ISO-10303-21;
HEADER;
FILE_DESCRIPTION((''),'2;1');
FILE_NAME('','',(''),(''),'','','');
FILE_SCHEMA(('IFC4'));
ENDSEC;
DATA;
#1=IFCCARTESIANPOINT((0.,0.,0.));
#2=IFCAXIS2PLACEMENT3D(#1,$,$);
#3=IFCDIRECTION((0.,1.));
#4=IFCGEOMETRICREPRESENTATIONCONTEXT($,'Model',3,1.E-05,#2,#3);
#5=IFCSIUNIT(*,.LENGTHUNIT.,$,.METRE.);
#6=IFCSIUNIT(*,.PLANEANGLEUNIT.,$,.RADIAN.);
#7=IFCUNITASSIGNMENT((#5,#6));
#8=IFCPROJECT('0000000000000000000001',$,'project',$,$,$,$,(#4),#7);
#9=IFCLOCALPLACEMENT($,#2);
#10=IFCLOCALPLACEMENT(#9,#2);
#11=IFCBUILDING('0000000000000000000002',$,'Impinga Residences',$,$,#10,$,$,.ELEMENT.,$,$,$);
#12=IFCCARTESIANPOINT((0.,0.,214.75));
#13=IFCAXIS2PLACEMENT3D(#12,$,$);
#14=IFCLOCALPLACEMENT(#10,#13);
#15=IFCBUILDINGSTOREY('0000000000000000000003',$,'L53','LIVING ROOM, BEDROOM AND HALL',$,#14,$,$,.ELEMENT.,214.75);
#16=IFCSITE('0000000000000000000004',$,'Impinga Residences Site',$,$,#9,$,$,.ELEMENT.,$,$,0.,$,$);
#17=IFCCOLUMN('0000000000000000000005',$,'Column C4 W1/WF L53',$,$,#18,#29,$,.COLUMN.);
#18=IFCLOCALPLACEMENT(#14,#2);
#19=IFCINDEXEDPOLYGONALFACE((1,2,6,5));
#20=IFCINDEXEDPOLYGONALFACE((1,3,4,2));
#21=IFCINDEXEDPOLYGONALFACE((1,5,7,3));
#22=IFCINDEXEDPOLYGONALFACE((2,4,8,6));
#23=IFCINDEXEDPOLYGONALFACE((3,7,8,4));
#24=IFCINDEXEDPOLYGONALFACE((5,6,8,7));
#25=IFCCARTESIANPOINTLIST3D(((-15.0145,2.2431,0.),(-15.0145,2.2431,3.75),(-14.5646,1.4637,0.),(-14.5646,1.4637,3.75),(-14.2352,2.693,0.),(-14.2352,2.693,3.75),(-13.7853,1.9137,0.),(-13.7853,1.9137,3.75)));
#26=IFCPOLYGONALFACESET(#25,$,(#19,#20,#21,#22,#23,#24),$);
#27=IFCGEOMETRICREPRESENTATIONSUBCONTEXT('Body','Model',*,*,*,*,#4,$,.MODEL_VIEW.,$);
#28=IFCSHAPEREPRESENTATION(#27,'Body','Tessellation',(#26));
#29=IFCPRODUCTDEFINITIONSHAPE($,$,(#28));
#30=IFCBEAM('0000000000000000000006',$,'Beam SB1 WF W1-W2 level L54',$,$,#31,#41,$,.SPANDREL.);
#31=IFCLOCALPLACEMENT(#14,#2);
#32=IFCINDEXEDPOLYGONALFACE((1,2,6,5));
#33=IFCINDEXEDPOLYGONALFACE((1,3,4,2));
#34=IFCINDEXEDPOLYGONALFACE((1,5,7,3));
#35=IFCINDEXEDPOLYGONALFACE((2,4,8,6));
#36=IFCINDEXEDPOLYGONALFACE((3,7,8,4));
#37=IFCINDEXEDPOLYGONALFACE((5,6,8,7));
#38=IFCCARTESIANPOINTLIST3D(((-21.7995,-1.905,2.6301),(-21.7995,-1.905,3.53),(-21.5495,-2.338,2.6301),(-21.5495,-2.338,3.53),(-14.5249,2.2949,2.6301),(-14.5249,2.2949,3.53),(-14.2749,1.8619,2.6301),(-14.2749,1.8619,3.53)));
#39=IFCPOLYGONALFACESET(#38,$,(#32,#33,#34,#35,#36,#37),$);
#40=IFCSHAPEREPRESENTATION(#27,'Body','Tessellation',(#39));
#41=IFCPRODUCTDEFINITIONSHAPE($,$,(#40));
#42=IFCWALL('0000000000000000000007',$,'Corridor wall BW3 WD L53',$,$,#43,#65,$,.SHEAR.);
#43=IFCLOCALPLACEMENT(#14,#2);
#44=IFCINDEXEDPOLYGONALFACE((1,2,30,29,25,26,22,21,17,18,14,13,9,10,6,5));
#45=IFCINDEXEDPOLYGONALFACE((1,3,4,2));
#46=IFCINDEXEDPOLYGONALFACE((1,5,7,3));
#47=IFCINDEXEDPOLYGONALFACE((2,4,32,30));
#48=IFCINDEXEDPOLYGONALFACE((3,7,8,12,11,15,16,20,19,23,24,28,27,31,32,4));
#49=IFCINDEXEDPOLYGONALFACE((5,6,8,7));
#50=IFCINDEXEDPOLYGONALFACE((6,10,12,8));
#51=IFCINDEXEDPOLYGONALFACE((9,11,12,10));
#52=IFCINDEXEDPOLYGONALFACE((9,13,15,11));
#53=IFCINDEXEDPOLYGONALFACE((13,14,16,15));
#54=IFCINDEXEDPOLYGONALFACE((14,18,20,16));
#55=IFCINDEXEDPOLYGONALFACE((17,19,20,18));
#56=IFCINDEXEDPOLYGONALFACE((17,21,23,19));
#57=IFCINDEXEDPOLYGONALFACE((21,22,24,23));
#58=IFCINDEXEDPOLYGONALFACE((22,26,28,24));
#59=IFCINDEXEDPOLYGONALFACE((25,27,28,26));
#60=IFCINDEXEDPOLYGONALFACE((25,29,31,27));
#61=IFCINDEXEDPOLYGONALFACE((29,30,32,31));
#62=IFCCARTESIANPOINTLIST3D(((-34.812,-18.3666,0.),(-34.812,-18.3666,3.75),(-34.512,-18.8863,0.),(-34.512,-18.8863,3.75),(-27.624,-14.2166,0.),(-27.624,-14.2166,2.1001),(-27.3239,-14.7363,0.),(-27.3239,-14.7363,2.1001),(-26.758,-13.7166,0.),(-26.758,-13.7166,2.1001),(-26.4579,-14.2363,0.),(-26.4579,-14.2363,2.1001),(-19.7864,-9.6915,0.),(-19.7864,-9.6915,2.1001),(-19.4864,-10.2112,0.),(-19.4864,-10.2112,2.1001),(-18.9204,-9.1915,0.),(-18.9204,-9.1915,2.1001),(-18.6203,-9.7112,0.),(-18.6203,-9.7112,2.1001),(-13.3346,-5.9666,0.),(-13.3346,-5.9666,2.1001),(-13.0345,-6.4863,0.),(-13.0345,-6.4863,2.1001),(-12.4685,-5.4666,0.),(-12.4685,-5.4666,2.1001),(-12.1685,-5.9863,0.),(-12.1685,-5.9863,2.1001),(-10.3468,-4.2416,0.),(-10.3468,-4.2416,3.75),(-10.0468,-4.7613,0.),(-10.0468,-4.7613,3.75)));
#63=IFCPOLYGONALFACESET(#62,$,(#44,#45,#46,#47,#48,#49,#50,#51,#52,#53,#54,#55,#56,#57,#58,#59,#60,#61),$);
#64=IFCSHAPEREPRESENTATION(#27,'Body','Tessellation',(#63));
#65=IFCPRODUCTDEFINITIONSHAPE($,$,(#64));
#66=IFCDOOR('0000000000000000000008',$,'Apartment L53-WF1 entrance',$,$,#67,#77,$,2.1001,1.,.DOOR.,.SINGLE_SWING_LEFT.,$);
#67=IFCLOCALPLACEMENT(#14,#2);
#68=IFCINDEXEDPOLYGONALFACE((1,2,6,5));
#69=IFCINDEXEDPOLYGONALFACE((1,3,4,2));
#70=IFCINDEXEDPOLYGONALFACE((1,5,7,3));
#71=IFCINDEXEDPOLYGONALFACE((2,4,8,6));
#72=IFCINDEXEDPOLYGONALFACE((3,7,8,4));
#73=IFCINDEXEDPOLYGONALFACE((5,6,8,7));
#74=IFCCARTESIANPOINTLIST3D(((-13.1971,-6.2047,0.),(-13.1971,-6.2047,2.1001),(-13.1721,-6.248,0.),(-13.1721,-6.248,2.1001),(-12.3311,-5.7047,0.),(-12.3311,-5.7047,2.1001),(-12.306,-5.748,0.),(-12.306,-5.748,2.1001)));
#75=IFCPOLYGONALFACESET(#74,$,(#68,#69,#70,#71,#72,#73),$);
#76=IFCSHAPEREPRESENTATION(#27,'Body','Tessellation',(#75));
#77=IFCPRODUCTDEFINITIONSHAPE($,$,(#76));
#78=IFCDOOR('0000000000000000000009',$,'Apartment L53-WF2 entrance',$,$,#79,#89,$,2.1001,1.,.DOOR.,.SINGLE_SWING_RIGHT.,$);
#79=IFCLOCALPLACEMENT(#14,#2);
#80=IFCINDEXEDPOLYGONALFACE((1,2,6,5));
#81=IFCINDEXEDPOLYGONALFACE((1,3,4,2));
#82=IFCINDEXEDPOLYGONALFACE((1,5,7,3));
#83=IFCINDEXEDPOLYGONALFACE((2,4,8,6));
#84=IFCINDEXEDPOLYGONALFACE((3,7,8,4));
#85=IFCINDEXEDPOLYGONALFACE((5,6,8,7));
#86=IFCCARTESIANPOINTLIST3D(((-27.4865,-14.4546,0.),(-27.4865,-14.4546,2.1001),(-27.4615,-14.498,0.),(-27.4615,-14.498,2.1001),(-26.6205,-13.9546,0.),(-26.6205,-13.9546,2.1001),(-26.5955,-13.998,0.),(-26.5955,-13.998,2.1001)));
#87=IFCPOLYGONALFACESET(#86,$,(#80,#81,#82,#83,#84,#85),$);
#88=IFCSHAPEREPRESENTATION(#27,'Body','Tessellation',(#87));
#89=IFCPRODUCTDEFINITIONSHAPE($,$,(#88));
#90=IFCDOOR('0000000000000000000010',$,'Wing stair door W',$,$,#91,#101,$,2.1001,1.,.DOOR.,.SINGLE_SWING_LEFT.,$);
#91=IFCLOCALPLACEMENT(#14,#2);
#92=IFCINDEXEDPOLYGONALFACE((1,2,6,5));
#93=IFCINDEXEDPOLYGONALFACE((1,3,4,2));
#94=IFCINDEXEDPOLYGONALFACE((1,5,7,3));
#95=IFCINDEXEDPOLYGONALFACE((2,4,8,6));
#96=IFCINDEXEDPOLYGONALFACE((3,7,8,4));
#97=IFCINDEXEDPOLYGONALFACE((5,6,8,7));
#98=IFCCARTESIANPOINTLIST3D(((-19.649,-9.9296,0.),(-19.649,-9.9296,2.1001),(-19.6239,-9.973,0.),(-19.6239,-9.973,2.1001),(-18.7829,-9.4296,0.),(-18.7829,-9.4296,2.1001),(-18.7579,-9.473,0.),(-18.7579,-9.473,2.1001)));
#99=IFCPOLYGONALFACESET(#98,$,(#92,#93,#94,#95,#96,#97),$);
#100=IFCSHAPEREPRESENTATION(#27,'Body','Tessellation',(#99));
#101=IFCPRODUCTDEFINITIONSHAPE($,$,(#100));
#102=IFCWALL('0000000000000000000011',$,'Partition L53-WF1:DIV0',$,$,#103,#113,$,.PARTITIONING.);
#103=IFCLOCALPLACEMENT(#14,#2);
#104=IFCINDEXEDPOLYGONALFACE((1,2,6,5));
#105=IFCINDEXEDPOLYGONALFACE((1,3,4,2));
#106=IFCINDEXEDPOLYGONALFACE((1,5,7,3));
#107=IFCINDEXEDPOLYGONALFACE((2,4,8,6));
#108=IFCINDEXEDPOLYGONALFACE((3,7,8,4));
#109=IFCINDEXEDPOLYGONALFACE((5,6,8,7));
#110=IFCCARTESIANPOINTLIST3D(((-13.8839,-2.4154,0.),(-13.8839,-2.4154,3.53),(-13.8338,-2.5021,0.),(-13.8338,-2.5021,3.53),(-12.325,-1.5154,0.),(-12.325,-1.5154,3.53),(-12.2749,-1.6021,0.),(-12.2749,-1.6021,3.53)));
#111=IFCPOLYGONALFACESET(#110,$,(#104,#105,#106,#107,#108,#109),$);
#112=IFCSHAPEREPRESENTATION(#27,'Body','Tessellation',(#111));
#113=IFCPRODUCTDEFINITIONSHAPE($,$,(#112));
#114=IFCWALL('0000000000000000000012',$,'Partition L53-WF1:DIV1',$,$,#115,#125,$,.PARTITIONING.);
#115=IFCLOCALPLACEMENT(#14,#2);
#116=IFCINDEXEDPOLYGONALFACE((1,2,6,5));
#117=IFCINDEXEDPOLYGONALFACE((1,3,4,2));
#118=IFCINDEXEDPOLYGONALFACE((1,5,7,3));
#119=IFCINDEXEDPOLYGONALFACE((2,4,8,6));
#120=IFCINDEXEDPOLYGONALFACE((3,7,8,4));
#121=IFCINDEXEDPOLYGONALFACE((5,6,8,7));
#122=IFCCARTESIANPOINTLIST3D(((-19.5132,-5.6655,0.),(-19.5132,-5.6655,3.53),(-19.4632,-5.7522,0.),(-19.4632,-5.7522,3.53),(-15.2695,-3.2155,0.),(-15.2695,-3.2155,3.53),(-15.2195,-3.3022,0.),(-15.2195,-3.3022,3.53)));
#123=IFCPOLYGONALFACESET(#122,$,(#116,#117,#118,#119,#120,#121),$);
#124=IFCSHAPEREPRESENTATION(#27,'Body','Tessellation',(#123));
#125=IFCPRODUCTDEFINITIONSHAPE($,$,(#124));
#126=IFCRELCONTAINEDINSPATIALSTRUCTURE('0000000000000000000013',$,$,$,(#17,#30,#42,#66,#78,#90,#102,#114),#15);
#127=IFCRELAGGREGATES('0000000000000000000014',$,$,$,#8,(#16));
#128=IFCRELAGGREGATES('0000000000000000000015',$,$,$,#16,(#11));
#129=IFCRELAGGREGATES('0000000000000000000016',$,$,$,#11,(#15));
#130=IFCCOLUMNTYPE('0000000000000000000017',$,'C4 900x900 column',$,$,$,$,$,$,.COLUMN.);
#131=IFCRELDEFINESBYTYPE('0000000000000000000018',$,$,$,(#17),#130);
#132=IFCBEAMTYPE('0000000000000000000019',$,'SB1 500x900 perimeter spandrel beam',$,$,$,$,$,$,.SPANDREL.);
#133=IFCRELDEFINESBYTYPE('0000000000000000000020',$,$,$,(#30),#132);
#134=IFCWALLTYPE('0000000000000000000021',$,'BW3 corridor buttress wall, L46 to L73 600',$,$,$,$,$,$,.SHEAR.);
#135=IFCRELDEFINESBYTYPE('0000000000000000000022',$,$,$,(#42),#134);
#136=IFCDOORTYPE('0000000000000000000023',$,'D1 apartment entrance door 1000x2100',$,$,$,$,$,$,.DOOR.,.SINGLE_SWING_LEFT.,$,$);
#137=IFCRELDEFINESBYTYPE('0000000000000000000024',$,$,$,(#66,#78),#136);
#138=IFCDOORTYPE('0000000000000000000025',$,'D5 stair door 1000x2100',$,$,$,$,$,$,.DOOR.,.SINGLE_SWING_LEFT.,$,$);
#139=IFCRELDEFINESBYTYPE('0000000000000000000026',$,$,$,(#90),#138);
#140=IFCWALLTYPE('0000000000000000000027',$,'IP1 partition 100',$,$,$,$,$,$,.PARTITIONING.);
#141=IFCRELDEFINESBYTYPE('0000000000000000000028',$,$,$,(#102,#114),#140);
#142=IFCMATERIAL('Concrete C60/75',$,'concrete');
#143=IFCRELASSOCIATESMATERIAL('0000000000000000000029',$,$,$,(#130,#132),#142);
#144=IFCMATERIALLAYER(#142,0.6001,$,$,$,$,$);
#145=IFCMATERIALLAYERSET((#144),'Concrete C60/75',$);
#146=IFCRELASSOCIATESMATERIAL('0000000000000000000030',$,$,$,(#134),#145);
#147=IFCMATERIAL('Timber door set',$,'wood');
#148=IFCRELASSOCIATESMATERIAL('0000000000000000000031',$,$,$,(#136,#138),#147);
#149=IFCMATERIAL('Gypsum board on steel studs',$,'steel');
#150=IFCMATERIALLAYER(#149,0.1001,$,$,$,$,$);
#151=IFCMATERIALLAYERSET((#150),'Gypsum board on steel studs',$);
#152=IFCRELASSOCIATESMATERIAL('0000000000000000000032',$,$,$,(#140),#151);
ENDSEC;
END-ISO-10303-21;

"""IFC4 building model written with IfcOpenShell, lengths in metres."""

from ifc_helpers import new_model, si_unit, direction, frame, frame_2d, origin, origin_2d, place, context, subcontext, project, spatial, rectangle, extrude, material, layer, layer_set, material_profile, profile_set, type_object, element, fill, save


model = new_model("IFC4")

# Units and contexts
model_context = context("Model", 3, precision=1e-05, world=origin(), true_north=direction((0.0, 1.0)))
body_context = subcontext(model_context, "Body", "Model", "MODEL_VIEW")
ifc_project = project(units=[si_unit("LENGTHUNIT", "METRE"), si_unit("PLANEANGLEUNIT", "RADIAN")], contexts=[model_context])

# Site, building, storey
site_placement = place(None, origin())
site = spatial("IfcSite", under=ifc_project, at=site_placement, Name="Impinga Residences Site", CompositionType="ELEMENT", RefElevation=0.0)
building_placement = place(site_placement, origin())
building = spatial("IfcBuilding", under=site, at=building_placement, Name="Impinga Residences", CompositionType="ELEMENT")
storey_placement = place(building_placement, frame((0.0, 0.0, 214.75)))
storey = spatial("IfcBuildingStorey", under=building, at=storey_placement, Name="L53", Description="LIVING ROOM, BEDROOM AND HALL", CompositionType="ELEMENT", Elevation=214.75)

# Column
ifc_material_1 = material(Name="Concrete C60/75", Category="concrete")
ifc_material_profile_1 = material_profile(ifc_material_1, rectangle(XDim=0.8999, YDim=0.8999, at=origin_2d()), Name="RC 900x900")
ifc_profile_set_1 = profile_set([ifc_material_profile_1], Name="Concrete C60/75")
column_type = type_object("IfcColumnType", Name="C4 900x900 column", PredefinedType="COLUMN", material=ifc_profile_set_1)
column_placement = place(storey_placement, frame((-14.3999, 2.0784, 0.0), z_axis=(0.0, 0.0, 1.0), x_axis=(-0.5, 0.866025, 0.0)))
element("IfcColumn", 1, at=column_placement, inside=storey, type_object=column_type, Name="Column C4 W1/WF L53", PredefinedType="COLUMN", context=body_context, shape_type="SweptSolid", body=[
    extrude(rectangle(XDim=0.8999, YDim=0.8999, at=origin_2d()), origin(), (0.0, 0.0, 1.0), 3.75),
])

# Beam
ifc_material_profile_2 = material_profile(ifc_material_1, rectangle(XDim=0.5, YDim=0.8999, at=origin_2d()), Name="RC 500x900")
ifc_profile_set_2 = profile_set([ifc_material_profile_2], Name="Concrete C60/75")
beam_type = type_object("IfcBeamType", Name="SB1 500x900 perimeter spandrel beam", PredefinedType="SPANDREL", material=ifc_profile_set_2)
beam_placement = place(storey_placement, frame((-14.3999, 2.0784, 3.0801), z_axis=(-0.866029, -0.499993, 0.0), x_axis=(0.499993, -0.866029, 0.0)))
element("IfcBeam", 2, at=beam_placement, inside=storey, type_object=beam_type, Name="Beam SB1 WF W1-W2 level L54", PredefinedType="SPANDREL", context=body_context, shape_type="SweptSolid", body=[
    extrude(rectangle(XDim=0.5, YDim=0.8999, at=origin_2d()), origin(), (0.0, 0.0, 1.0), 8.3999),
])

# Wall, openings, doors
ifc_layer_1 = layer(ifc_material_1, 0.6001)
ifc_layer_set_1 = layer_set([ifc_layer_1], Name="Concrete C60/75")
wall_type_1 = type_object("IfcWallType", Name="BW3 corridor buttress wall, L46 to L73 600", PredefinedType="SHEAR", material=ifc_layer_set_1)
wall_1_placement = place(storey_placement, frame((-10.1968, -4.5015, 0.0), z_axis=(0.0, 0.0, 1.0), x_axis=(-0.866026, -0.499998, 0.0)))
wall_1 = element("IfcWall", 3, at=wall_1_placement, inside=storey, type_object=wall_type_1, Name="Corridor wall BW3 WD L53", PredefinedType="SHEAR", context=body_context, shape_type="SweptSolid", body=[
    extrude(rectangle(XDim=28.25, YDim=0.6001, at=frame_2d((14.125, 0.0))), origin(), (0.0, 0.0, 1.0), 3.75),
])
opening_1_placement = place(wall_1_placement, frame((9.8999, 0.0, 0.0)))
opening_1 = element("IfcOpeningElement", 4, at=opening_1_placement, cuts=wall_1, PredefinedType="OPENING", context=body_context, shape_type="SweptSolid", body=[
    extrude(rectangle(XDim=1.0, YDim=2.1001, at=frame_2d((0.5, 1.05))), frame((0.0, 0.3101, 0.0), z_axis=(0.0, -1.0, 0.0), x_axis=(1.0, 0.0, 0.0)), (0.0, 0.0, 1.0), 0.6201),
])
opening_2_placement = place(wall_1_placement, frame((2.45, 0.0, 0.0)))
opening_2 = element("IfcOpeningElement", 5, at=opening_2_placement, cuts=wall_1, PredefinedType="OPENING", context=body_context, shape_type="SweptSolid", body=[
    extrude(rectangle(XDim=1.0, YDim=2.1001, at=frame_2d((0.5, 1.05))), frame((0.0, 0.3101, 0.0), z_axis=(0.0, -1.0, 0.0), x_axis=(1.0, 0.0, 0.0)), (0.0, 0.0, 1.0), 0.6201),
])
opening_3_placement = place(wall_1_placement, frame((18.95, 0.0, 0.0)))
opening_3 = element("IfcOpeningElement", 6, at=opening_3_placement, cuts=wall_1, PredefinedType="OPENING", context=body_context, shape_type="SweptSolid", body=[
    extrude(rectangle(XDim=1.0, YDim=2.1001, at=frame_2d((0.5, 1.05))), frame((0.0, 0.3101, 0.0), z_axis=(0.0, -1.0, 0.0), x_axis=(1.0, 0.0, 0.0)), (0.0, 0.0, 1.0), 0.6201),
])
ifc_material_2 = material(Name="Timber door set", Category="wood")
door_type_1 = type_object("IfcDoorType", Name="D1 apartment entrance door 1000x2100", OperationType="SINGLE_SWING_LEFT", PredefinedType="DOOR", material=ifc_material_2)
door_1_placement = place(opening_2_placement, origin())
door_1 = element("IfcDoor", 7, at=door_1_placement, inside=storey, type_object=door_type_1, Name="Apartment L53-WF1 entrance", OperationType="SINGLE_SWING_LEFT", OverallHeight=2.1001, OverallWidth=1.0, PredefinedType="DOOR", context=body_context, shape_type="SweptSolid", body=[
    extrude(rectangle(XDim=1.0, YDim=2.1001, at=frame_2d((0.5, 1.05))), frame((0.0, 0.0249, 0.0), z_axis=(0.0, -1.0, 0.0), x_axis=(1.0, 0.0, 0.0)), (0.0, 0.0, 1.0), 0.05),
])
fill(opening_2, door_1)
door_2_placement = place(opening_3_placement, origin())
door_2 = element("IfcDoor", 8, at=door_2_placement, inside=storey, type_object=door_type_1, Name="Apartment L53-WF2 entrance", OperationType="SINGLE_SWING_RIGHT", OverallHeight=2.1001, OverallWidth=1.0, PredefinedType="DOOR", context=body_context, shape_type="SweptSolid", body=[
    extrude(rectangle(XDim=1.0, YDim=2.1001, at=frame_2d((0.5, 1.05))), frame((0.0, 0.0249, 0.0), z_axis=(0.0, -1.0, 0.0), x_axis=(1.0, 0.0, 0.0)), (0.0, 0.0, 1.0), 0.05),
])
fill(opening_3, door_2)
door_type_2 = type_object("IfcDoorType", Name="D5 stair door 1000x2100", OperationType="SINGLE_SWING_LEFT", PredefinedType="DOOR", material=ifc_material_2)
door_3_placement = place(opening_1_placement, origin())
door_3 = element("IfcDoor", 9, at=door_3_placement, inside=storey, type_object=door_type_2, Name="Wing stair door W", OperationType="SINGLE_SWING_LEFT", OverallHeight=2.1001, OverallWidth=1.0, PredefinedType="DOOR", context=body_context, shape_type="SweptSolid", body=[
    extrude(rectangle(XDim=1.0, YDim=2.1001, at=frame_2d((0.5, 1.05))), frame((0.0, 0.0249, 0.0), z_axis=(0.0, -1.0, 0.0), x_axis=(1.0, 0.0, 0.0)), (0.0, 0.0, 1.0), 0.05),
])
fill(opening_1, door_3)

# Walls
ifc_material_3 = material(Name="Gypsum board on steel studs", Category="steel")
ifc_layer_2 = layer(ifc_material_3, 0.1001)
ifc_layer_set_2 = layer_set([ifc_layer_2], Name="Gypsum board on steel studs")
wall_type_2 = type_object("IfcWallType", Name="IP1 partition 100", PredefinedType="PARTITIONING", material=ifc_layer_set_2)
wall_2_placement = place(storey_placement, frame((-12.3, -1.5588, 0.0), z_axis=(0.0, 0.0, 1.0), x_axis=(-0.866048, -0.499961, 0.0)))
element("IfcWall", 10, at=wall_2_placement, inside=storey, type_object=wall_type_2, Name="Partition L53-WF1:DIV0", PredefinedType="PARTITIONING", context=body_context, shape_type="SweptSolid", body=[
    extrude(rectangle(XDim=1.8, YDim=0.1001, at=frame_2d((0.8999, 0.0))), origin(), (0.0, 0.0, 1.0), 3.53),
])
wall_3_placement = place(storey_placement, frame((-15.2444, -3.2588, 0.0), z_axis=(0.0, 0.0, 1.0), x_axis=(-0.866036, -0.499981, 0.0)))
element("IfcWall", 11, at=wall_3_placement, inside=storey, type_object=wall_type_2, Name="Partition L53-WF1:DIV1", PredefinedType="PARTITIONING", context=body_context, shape_type="SweptSolid", body=[
    extrude(rectangle(XDim=4.9001, YDim=0.1001, at=frame_2d((2.4502, 0.0))), origin(), (0.0, 0.0, 1.0), 3.53),
])

save(model, "model.ifc")
